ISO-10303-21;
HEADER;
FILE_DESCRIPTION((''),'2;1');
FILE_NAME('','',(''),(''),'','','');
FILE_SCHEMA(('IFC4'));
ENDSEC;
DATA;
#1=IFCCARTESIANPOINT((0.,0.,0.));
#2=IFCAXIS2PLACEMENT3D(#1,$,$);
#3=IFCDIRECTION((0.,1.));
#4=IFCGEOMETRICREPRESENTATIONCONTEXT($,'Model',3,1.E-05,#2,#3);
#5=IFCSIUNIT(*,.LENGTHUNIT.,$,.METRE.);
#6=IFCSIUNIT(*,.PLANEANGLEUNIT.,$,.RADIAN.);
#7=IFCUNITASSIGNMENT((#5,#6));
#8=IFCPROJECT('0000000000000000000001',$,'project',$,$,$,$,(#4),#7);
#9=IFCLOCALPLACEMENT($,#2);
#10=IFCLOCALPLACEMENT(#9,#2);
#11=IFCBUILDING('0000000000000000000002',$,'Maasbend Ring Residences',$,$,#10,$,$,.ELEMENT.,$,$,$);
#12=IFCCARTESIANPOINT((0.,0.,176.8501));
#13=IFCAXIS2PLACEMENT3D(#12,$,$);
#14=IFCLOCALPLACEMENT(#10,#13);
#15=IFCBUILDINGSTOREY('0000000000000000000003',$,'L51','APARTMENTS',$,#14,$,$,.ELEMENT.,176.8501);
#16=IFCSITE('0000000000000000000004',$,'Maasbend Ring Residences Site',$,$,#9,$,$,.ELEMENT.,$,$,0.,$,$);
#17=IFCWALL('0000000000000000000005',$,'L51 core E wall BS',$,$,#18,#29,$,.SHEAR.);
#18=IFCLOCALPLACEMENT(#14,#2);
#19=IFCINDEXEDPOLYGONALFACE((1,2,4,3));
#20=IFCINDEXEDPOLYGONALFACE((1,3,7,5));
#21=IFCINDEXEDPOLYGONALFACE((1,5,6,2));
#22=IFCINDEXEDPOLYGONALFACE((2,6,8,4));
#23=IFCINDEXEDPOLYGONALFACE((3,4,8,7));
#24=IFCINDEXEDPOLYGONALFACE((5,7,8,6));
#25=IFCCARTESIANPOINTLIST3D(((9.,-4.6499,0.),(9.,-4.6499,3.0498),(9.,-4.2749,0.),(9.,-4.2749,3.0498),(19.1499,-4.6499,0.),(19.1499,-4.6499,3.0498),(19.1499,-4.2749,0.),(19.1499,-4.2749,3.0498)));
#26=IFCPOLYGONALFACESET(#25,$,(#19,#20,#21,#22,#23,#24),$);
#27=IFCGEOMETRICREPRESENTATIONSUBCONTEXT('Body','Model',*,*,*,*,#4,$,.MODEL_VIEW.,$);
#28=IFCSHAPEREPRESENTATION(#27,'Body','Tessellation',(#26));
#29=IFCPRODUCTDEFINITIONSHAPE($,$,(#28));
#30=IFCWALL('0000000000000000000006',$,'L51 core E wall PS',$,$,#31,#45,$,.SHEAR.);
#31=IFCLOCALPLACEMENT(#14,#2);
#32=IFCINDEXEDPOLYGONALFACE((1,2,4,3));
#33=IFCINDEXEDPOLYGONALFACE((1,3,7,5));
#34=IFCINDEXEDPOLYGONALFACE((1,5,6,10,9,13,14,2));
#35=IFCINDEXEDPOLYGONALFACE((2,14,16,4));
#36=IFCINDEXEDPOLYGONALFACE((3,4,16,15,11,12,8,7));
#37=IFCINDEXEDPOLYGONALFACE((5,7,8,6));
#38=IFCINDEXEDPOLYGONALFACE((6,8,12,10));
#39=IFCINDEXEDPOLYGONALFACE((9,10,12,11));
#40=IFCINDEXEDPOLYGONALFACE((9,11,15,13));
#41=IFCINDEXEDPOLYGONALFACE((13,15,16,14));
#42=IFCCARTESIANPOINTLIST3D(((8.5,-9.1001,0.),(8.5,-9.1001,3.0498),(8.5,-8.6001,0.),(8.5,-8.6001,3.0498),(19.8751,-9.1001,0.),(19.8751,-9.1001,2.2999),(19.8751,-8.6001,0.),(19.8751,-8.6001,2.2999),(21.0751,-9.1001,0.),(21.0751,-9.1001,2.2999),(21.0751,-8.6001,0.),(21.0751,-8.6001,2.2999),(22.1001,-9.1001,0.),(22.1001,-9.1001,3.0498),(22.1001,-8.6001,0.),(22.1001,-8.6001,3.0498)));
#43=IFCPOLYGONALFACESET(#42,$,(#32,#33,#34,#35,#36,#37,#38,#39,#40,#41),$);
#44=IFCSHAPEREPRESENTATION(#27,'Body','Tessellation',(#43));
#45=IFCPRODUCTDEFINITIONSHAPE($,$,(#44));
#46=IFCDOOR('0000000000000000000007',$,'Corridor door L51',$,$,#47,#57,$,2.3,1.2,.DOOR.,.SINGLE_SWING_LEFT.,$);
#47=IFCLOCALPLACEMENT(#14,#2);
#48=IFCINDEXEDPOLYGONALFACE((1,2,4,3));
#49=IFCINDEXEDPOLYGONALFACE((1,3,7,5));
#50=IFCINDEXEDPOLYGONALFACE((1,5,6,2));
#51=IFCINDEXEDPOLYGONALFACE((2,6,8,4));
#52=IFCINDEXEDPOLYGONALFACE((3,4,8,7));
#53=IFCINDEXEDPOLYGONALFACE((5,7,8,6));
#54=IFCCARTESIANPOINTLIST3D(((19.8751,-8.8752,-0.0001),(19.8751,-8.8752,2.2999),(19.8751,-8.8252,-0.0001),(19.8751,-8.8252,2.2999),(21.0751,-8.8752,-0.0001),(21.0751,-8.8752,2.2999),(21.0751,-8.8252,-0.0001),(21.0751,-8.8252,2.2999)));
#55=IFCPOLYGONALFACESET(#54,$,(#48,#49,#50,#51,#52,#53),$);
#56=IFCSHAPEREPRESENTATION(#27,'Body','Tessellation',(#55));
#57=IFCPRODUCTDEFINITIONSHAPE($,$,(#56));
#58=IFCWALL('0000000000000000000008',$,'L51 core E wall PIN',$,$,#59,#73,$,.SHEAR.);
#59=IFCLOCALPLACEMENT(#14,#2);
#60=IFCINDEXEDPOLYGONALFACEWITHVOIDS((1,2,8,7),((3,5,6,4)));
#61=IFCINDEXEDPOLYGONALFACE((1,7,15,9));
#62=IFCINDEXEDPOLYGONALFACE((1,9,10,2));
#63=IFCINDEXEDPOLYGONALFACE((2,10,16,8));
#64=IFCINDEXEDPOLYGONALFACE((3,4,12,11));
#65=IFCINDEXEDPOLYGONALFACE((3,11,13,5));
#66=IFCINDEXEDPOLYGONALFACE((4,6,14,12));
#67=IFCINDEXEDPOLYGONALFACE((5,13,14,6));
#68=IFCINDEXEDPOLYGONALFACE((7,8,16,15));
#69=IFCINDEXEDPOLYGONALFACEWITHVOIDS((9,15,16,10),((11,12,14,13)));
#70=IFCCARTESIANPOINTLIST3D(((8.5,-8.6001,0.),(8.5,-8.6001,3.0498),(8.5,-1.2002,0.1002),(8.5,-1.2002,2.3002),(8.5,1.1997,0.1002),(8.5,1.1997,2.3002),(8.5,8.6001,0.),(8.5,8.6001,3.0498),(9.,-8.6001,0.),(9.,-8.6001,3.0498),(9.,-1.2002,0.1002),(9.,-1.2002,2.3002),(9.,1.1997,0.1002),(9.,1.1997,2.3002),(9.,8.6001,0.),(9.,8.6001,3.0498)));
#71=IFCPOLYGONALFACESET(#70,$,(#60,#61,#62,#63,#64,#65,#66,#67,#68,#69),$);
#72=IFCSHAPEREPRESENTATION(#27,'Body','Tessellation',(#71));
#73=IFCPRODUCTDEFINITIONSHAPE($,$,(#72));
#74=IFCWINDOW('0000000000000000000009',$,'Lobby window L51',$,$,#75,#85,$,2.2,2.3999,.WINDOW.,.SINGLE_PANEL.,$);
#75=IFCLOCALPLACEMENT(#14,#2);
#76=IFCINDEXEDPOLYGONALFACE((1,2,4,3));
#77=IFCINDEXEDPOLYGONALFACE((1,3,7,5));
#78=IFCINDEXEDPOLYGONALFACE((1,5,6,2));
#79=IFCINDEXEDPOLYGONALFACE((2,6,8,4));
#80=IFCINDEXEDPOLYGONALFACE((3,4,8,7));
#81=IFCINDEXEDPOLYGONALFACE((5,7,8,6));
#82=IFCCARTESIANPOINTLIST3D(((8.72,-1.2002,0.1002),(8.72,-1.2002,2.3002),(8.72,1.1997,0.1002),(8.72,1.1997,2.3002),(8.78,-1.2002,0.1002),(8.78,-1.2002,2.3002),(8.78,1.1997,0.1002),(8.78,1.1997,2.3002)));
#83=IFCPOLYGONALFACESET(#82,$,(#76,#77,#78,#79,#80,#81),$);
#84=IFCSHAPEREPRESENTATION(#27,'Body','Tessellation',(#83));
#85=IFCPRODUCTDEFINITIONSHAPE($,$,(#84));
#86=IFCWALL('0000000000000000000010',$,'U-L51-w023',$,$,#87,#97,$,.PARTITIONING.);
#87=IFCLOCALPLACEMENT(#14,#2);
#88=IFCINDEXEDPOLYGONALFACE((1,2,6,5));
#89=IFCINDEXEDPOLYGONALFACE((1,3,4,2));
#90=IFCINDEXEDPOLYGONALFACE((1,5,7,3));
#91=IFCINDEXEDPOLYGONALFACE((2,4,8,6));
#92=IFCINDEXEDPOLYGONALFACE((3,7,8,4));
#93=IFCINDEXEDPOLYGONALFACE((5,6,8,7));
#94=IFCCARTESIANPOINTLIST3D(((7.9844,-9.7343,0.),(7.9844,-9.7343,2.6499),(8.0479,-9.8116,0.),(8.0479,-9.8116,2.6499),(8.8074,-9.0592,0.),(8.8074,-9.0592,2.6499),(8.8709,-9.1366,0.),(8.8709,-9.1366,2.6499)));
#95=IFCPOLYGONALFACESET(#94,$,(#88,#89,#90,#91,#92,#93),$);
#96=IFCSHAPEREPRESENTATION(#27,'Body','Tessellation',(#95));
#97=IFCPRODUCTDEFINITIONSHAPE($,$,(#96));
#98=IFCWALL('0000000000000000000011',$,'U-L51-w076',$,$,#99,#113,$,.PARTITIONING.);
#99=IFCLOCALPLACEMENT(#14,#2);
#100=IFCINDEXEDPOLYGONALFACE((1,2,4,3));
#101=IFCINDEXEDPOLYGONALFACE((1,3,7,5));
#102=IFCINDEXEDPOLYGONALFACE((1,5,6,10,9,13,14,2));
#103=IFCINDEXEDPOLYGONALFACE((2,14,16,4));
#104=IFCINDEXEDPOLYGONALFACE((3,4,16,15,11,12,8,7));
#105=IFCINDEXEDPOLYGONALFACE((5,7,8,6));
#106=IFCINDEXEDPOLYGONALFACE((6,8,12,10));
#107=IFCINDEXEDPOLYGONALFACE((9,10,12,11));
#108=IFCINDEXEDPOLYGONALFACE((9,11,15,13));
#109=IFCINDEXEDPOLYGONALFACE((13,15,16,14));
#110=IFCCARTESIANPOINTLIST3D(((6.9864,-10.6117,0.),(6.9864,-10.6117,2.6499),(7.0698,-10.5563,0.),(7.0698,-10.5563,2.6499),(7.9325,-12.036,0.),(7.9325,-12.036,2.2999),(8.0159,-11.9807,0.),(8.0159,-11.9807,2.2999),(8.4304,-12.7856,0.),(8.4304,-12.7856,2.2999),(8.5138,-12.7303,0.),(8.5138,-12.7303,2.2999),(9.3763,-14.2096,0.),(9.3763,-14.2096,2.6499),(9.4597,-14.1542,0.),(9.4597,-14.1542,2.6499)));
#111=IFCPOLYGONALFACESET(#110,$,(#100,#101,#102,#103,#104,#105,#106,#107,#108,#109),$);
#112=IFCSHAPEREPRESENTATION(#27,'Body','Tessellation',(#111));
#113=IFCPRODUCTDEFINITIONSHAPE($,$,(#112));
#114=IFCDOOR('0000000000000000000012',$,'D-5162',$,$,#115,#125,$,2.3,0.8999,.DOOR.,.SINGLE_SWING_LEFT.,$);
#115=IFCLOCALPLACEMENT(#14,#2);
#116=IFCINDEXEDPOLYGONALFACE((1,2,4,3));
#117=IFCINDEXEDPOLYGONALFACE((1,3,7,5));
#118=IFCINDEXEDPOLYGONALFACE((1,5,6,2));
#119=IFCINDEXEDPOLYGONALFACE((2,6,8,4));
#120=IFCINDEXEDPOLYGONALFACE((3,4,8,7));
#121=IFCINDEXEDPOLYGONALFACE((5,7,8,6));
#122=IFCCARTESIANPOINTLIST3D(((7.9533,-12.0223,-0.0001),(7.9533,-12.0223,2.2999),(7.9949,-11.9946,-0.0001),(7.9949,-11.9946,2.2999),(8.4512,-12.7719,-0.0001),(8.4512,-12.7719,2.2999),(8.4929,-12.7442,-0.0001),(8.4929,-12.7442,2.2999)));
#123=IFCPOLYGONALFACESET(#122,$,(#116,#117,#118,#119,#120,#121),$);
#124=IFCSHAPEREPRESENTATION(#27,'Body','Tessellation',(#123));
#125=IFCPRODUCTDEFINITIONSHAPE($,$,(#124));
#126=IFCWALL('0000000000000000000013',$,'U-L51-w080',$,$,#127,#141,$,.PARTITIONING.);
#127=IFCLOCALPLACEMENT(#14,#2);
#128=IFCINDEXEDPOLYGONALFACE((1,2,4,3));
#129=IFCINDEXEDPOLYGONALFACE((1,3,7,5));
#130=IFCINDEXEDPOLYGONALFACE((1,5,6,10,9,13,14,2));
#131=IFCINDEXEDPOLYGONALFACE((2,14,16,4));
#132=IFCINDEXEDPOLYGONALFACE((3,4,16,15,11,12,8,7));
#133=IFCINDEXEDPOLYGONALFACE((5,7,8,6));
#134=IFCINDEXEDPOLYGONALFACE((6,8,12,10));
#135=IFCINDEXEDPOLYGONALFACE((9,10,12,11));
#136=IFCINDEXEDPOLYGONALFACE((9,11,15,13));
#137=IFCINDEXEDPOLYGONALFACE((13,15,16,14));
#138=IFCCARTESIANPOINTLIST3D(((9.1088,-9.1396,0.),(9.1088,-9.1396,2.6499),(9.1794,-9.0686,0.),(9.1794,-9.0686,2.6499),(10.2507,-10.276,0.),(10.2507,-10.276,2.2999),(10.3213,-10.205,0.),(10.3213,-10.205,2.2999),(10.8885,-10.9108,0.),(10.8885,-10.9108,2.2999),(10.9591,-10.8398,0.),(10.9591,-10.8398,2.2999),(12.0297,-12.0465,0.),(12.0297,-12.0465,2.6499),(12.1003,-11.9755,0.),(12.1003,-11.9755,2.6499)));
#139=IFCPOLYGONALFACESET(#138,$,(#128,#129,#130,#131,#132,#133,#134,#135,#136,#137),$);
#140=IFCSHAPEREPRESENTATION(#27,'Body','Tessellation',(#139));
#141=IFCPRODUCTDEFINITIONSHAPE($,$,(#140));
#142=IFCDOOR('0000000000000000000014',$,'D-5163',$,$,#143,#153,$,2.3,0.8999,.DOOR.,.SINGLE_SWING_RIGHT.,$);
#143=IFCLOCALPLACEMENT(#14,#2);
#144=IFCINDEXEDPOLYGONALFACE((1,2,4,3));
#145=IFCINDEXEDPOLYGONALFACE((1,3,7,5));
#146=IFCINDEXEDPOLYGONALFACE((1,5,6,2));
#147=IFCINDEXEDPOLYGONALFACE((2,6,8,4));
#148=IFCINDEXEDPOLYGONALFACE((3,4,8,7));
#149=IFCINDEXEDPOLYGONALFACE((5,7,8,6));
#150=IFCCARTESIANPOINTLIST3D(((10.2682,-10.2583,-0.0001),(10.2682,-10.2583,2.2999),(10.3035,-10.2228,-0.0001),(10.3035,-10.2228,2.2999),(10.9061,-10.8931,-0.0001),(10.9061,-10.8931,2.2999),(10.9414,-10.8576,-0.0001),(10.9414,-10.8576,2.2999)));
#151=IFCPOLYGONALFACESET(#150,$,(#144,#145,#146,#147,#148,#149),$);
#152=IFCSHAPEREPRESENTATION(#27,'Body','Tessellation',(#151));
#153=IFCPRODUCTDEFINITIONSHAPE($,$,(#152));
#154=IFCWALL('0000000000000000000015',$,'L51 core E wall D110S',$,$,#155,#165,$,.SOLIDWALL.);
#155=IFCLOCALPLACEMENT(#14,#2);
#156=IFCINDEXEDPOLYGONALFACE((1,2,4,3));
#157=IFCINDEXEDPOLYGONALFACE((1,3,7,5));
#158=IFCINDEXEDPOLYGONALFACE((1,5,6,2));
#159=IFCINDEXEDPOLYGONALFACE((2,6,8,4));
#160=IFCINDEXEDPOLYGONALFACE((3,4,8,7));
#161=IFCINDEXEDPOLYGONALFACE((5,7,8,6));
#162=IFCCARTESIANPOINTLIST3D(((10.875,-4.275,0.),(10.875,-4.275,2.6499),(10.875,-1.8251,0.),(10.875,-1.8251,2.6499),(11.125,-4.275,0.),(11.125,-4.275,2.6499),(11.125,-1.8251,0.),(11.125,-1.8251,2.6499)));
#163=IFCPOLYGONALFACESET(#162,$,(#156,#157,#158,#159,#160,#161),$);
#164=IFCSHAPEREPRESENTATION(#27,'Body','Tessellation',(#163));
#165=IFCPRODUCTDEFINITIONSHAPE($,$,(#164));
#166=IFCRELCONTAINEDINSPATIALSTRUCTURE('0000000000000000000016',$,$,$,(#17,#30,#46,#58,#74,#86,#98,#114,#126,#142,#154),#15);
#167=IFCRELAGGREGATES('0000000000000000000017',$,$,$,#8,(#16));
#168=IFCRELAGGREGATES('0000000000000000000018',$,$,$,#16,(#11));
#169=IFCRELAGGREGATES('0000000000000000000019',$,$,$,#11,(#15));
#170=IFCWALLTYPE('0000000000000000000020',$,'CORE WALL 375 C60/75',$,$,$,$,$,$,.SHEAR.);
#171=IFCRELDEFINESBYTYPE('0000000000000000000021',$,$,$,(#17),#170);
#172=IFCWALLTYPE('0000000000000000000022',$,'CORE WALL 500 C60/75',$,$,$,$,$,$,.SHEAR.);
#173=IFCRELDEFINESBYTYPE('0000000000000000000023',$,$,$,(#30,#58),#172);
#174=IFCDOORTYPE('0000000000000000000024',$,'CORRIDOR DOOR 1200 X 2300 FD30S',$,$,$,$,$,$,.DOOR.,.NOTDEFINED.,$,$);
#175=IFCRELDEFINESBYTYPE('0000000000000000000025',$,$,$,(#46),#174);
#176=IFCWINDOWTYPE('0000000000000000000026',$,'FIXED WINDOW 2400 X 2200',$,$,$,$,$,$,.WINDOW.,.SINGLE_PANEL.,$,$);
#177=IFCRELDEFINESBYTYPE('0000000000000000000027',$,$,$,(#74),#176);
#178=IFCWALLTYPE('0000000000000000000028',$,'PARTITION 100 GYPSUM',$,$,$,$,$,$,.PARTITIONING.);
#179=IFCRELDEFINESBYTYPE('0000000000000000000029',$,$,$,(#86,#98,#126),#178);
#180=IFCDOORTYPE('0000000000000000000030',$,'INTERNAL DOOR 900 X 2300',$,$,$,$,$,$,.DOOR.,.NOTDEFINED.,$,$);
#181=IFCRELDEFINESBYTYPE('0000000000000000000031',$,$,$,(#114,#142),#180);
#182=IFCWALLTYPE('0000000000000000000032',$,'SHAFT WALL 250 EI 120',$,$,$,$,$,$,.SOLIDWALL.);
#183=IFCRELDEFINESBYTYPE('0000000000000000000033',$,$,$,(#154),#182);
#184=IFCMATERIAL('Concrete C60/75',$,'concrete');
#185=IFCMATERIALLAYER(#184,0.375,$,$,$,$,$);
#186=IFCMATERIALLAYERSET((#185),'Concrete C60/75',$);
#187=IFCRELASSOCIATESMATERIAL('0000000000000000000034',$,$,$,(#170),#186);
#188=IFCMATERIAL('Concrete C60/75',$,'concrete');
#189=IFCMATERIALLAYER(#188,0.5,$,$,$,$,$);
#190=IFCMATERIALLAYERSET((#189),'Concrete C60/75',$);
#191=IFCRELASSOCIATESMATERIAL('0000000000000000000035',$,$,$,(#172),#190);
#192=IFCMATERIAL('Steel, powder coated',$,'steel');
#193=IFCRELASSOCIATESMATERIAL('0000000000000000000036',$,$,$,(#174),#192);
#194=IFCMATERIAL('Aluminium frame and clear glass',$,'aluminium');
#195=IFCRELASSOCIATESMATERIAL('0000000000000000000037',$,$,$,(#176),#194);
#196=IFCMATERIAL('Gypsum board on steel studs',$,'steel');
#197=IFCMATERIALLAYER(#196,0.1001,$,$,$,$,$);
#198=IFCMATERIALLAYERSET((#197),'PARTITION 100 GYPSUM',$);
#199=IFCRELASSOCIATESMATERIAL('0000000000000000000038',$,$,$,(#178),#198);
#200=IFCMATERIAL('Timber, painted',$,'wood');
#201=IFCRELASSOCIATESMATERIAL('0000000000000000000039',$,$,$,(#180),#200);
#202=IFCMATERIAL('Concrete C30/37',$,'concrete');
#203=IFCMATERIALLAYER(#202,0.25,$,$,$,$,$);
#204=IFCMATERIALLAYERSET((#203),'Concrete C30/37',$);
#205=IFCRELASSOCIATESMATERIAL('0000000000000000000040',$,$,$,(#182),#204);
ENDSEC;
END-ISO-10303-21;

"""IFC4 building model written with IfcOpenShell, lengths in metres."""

from ifc_helpers import new_model, si_unit, direction, frame, frame_2d, origin, place, context, subcontext, project, spatial, rectangle, extrude, material, layer, layer_set, type_object, element, fill, save


model = new_model("IFC4")

# Units and contexts
model_context = context("Model", 3, precision=1e-05, world=origin(), true_north=direction((0.0, 1.0)))
body_context = subcontext(model_context, "Body", "Model", "MODEL_VIEW")
ifc_project = project(units=[si_unit("LENGTHUNIT", "METRE"), si_unit("PLANEANGLEUNIT", "RADIAN")], contexts=[model_context])

# Site, building, storey
site_placement = place(None, origin())
site = spatial("IfcSite", under=ifc_project, at=site_placement, Name="Maasbend Ring Residences Site", CompositionType="ELEMENT", RefElevation=0.0)
building_placement = place(site_placement, origin())
building = spatial("IfcBuilding", under=site, at=building_placement, Name="Maasbend Ring Residences", CompositionType="ELEMENT")
storey_placement = place(building_placement, frame((0.0, 0.0, 176.8501)))
storey = spatial("IfcBuildingStorey", under=building, at=storey_placement, Name="L51", Description="APARTMENTS", CompositionType="ELEMENT", Elevation=176.8501)

# Wall
ifc_material_1 = material(Name="Concrete C60/75", Category="concrete")
ifc_layer_1 = layer(ifc_material_1, 0.375)
ifc_layer_set_1 = layer_set([ifc_layer_1], Name="Concrete C60/75")
wall_type_1 = type_object("IfcWallType", Name="CORE WALL 375 C60/75", PredefinedType="SHEAR", material=ifc_layer_set_1)
wall_1_placement = place(storey_placement, frame((9.0, -4.4624, 0.0), z_axis=(0.0, 0.0, 1.0), x_axis=(1.0, 0.0, 0.0)))
element("IfcWall", 1, at=wall_1_placement, inside=storey, type_object=wall_type_1, Name="L51 core E wall BS", PredefinedType="SHEAR", context=body_context, shape_type="SweptSolid", body=[
    extrude(rectangle(XDim=10.1499, YDim=0.375, at=frame_2d((5.075, 0.0))), origin(), (0.0, 0.0, 1.0), 3.0498),
])

# Wall, opening, door
ifc_material_2 = material(Name="Concrete C60/75", Category="concrete")
ifc_layer_2 = layer(ifc_material_2, 0.5)
ifc_layer_set_2 = layer_set([ifc_layer_2], Name="Concrete C60/75")
wall_type_2 = type_object("IfcWallType", Name="CORE WALL 500 C60/75", PredefinedType="SHEAR", material=ifc_layer_set_2)
wall_2_placement = place(storey_placement, frame((8.5, -8.8501, 0.0), z_axis=(0.0, 0.0, 1.0), x_axis=(1.0, 0.0, 0.0)))
wall_2 = element("IfcWall", 2, at=wall_2_placement, inside=storey, type_object=wall_type_2, Name="L51 core E wall PS", PredefinedType="SHEAR", context=body_context, shape_type="SweptSolid", body=[
    extrude(rectangle(XDim=13.6001, YDim=0.5, at=frame_2d((6.8, 0.0))), origin(), (0.0, 0.0, 1.0), 3.0498),
])
opening_1_placement = place(wall_2_placement, frame((11.375, 0.0, 0.0)))
opening_1 = element("IfcOpeningElement", 3, at=opening_1_placement, cuts=wall_2, PredefinedType="OPENING", context=body_context, shape_type="SweptSolid", body=[
    extrude(rectangle(XDim=1.2, YDim=2.3, at=frame_2d((0.6001, 1.1499))), frame((0.0, 0.26, 0.0), z_axis=(0.0, -1.0, 0.0), x_axis=(1.0, 0.0, 0.0)), (0.0, 0.0, 1.0), 0.52),
])
ifc_material_3 = material(Name="Steel, powder coated", Category="steel")
door_type_1 = type_object("IfcDoorType", Name="CORRIDOR DOOR 1200 X 2300 FD30S", OperationType="NOTDEFINED", PredefinedType="DOOR", material=ifc_material_3)
door_1_placement = place(opening_1_placement, origin())
door_1 = element("IfcDoor", 4, at=door_1_placement, inside=storey, type_object=door_type_1, Name="Corridor door L51", OperationType="SINGLE_SWING_LEFT", OverallHeight=2.3, OverallWidth=1.2, PredefinedType="DOOR", context=body_context, shape_type="SweptSolid", body=[
    extrude(rectangle(XDim=1.2, YDim=2.3, at=frame_2d((0.6001, 1.1499))), frame((0.0, 0.0249, 0.0), z_axis=(0.0, -1.0, 0.0), x_axis=(1.0, 0.0, 0.0)), (0.0, 0.0, 1.0), 0.05),
])
fill(opening_1, door_1)

# Wall, opening, window
wall_3_placement = place(storey_placement, frame((8.75, -8.6001, 0.0), z_axis=(0.0, 0.0, 1.0), x_axis=(0.0, 1.0, 0.0)))
wall_3 = element("IfcWall", 5, at=wall_3_placement, inside=storey, type_object=wall_type_2, Name="L51 core E wall PIN", PredefinedType="SHEAR", context=body_context, shape_type="SweptSolid", body=[
    extrude(rectangle(XDim=17.2002, YDim=0.5, at=frame_2d((8.6001, 0.0))), origin(), (0.0, 0.0, 1.0), 3.0498),
])
opening_2_placement = place(wall_3_placement, frame((7.3999, 0.0, 0.1001)))
opening_2 = element("IfcOpeningElement", 6, at=opening_2_placement, cuts=wall_3, PredefinedType="OPENING", context=body_context, shape_type="SweptSolid", body=[
    extrude(rectangle(XDim=2.3999, YDim=2.2, at=frame_2d((1.2, 1.1001))), frame((0.0, 0.26, 0.0), z_axis=(0.0, -1.0, 0.0), x_axis=(1.0, 0.0, 0.0)), (0.0, 0.0, 1.0), 0.52),
])
ifc_material_4 = material(Name="Aluminium frame and clear glass", Category="aluminium")
window_type = type_object("IfcWindowType", Name="FIXED WINDOW 2400 X 2200", PartitioningType="SINGLE_PANEL", PredefinedType="WINDOW", material=ifc_material_4)
window_placement = place(opening_2_placement, origin())
window = element("IfcWindow", 7, at=window_placement, inside=storey, type_object=window_type, Name="Lobby window L51", OverallHeight=2.2, OverallWidth=2.3999, PartitioningType="SINGLE_PANEL", PredefinedType="WINDOW", context=body_context, shape_type="SweptSolid", body=[
    extrude(rectangle(XDim=2.3999, YDim=2.2, at=frame_2d((1.2, 1.1001))), frame((0.0, 0.03, 0.0), z_axis=(0.0, -1.0, 0.0), x_axis=(1.0, 0.0, 0.0)), (0.0, 0.0, 1.0), 0.0601),
])
fill(opening_2, window)

# Wall
ifc_material_5 = material(Name="Gypsum board on steel studs", Category="steel")
ifc_layer_3 = layer(ifc_material_5, 0.1001)
ifc_layer_set_3 = layer_set([ifc_layer_3], Name="PARTITION 100 GYPSUM")
wall_type_3 = type_object("IfcWallType", Name="PARTITION 100 GYPSUM", PredefinedType="PARTITIONING", material=ifc_layer_set_3)
wall_4_placement = place(storey_placement, frame((8.0161, -9.7729, 0.0), z_axis=(0.0, 0.0, 1.0), x_axis=(0.77318, 0.634187, 0.0)))
element("IfcWall", 8, at=wall_4_placement, inside=storey, type_object=wall_type_3, Name="U-L51-w023", PredefinedType="PARTITIONING", context=body_context, shape_type="SweptSolid", body=[
    extrude(rectangle(XDim=1.0645, YDim=0.1001, at=frame_2d((0.5322, 0.0))), origin(), (0.0, 0.0, 1.0), 2.6499),
])

# Walls, openings, doors
wall_5_placement = place(storey_placement, frame((7.0281, -10.584, 0.0), z_axis=(0.0, 0.0, 1.0), x_axis=(0.553304, -0.83298, 0.0)))
wall_5 = element("IfcWall", 9, at=wall_5_placement, inside=storey, type_object=wall_type_3, Name="U-L51-w076", PredefinedType="PARTITIONING", context=body_context, shape_type="SweptSolid", body=[
    extrude(rectangle(XDim=4.3193, YDim=0.1001, at=frame_2d((2.1597, 0.0))), origin(), (0.0, 0.0, 1.0), 2.6499),
])
opening_3_placement = place(wall_5_placement, frame((1.71, 0.0, 0.0)))
opening_3 = element("IfcOpeningElement", 10, at=opening_3_placement, cuts=wall_5, PredefinedType="OPENING", context=body_context, shape_type="SweptSolid", body=[
    extrude(rectangle(XDim=0.8999, YDim=2.3, at=frame_2d((0.45, 1.1499))), frame((0.0, 0.0601, 0.0), z_axis=(0.0, -1.0, 0.0), x_axis=(1.0, 0.0, 0.0)), (0.0, 0.0, 1.0), 0.1201),
])
ifc_material_6 = material(Name="Timber, painted", Category="wood")
door_type_2 = type_object("IfcDoorType", Name="INTERNAL DOOR 900 X 2300", OperationType="NOTDEFINED", PredefinedType="DOOR", material=ifc_material_6)
door_2_placement = place(opening_3_placement, origin())
door_2 = element("IfcDoor", 11, at=door_2_placement, inside=storey, type_object=door_type_2, Name="D-5162", OperationType="SINGLE_SWING_LEFT", OverallHeight=2.3, OverallWidth=0.8999, PredefinedType="DOOR", context=body_context, shape_type="SweptSolid", body=[
    extrude(rectangle(XDim=0.8999, YDim=2.3, at=frame_2d((0.45, 1.1499))), frame((0.0, 0.0249, 0.0), z_axis=(0.0, -1.0, 0.0), x_axis=(1.0, 0.0, 0.0)), (0.0, 0.0, 1.0), 0.05),
])
fill(opening_3, door_2)
wall_6_placement = place(storey_placement, frame((9.144, -9.104, 0.0), z_axis=(0.0, 0.0, 1.0), x_axis=(0.708793, -0.705416, 0.0)))
wall_6 = element("IfcWall", 12, at=wall_6_placement, inside=storey, type_object=wall_type_3, Name="U-L51-w080", PredefinedType="PARTITIONING", context=body_context, shape_type="SweptSolid", body=[
    extrude(rectangle(XDim=4.1208, YDim=0.1001, at=frame_2d((2.0605, 0.0))), origin(), (0.0, 0.0, 1.0), 2.6499),
])
opening_4_placement = place(wall_6_placement, frame((1.6111, 0.0, 0.0)))
opening_4 = element("IfcOpeningElement", 13, at=opening_4_placement, cuts=wall_6, PredefinedType="OPENING", context=body_context, shape_type="SweptSolid", body=[
    extrude(rectangle(XDim=0.8999, YDim=2.3, at=frame_2d((0.45, 1.1499))), frame((0.0, 0.0601, 0.0), z_axis=(0.0, -1.0, 0.0), x_axis=(1.0, 0.0, 0.0)), (0.0, 0.0, 1.0), 0.1201),
])
door_3_placement = place(opening_4_placement, origin())
door_3 = element("IfcDoor", 14, at=door_3_placement, inside=storey, type_object=door_type_2, Name="D-5163", OperationType="SINGLE_SWING_RIGHT", OverallHeight=2.3, OverallWidth=0.8999, PredefinedType="DOOR", context=body_context, shape_type="SweptSolid", body=[
    extrude(rectangle(XDim=0.8999, YDim=2.3, at=frame_2d((0.45, 1.1499))), frame((0.0, 0.0249, 0.0), z_axis=(0.0, -1.0, 0.0), x_axis=(1.0, 0.0, 0.0)), (0.0, 0.0, 1.0), 0.05),
])
fill(opening_4, door_3)

# Wall
ifc_material_7 = material(Name="Concrete C30/37", Category="concrete")
ifc_layer_4 = layer(ifc_material_7, 0.25)
ifc_layer_set_4 = layer_set([ifc_layer_4], Name="Concrete C30/37")
wall_type_4 = type_object("IfcWallType", Name="SHAFT WALL 250 EI 120", PredefinedType="SOLIDWALL", material=ifc_layer_set_4)
for number, where, z_axis, x_axis, name in (
    (15, (11.0, -1.825, 0.0), (0.0, 0.0, 1.0), (0.0, -1.0, 0.0), "L51 core E wall D110S"),
):
    element("IfcWall", number, at=place(storey_placement, frame(where, z_axis=z_axis, x_axis=x_axis)), inside=storey, type_object=wall_type_4, Name=name, PredefinedType="SOLIDWALL", context=body_context, shape_type="SweptSolid", body=[
        extrude(rectangle(XDim=2.45, YDim=0.25, at=frame_2d((1.2251, 0.0))), origin(), (0.0, 0.0, 1.0), 2.6499),
    ])

save(model, "model.ifc")
